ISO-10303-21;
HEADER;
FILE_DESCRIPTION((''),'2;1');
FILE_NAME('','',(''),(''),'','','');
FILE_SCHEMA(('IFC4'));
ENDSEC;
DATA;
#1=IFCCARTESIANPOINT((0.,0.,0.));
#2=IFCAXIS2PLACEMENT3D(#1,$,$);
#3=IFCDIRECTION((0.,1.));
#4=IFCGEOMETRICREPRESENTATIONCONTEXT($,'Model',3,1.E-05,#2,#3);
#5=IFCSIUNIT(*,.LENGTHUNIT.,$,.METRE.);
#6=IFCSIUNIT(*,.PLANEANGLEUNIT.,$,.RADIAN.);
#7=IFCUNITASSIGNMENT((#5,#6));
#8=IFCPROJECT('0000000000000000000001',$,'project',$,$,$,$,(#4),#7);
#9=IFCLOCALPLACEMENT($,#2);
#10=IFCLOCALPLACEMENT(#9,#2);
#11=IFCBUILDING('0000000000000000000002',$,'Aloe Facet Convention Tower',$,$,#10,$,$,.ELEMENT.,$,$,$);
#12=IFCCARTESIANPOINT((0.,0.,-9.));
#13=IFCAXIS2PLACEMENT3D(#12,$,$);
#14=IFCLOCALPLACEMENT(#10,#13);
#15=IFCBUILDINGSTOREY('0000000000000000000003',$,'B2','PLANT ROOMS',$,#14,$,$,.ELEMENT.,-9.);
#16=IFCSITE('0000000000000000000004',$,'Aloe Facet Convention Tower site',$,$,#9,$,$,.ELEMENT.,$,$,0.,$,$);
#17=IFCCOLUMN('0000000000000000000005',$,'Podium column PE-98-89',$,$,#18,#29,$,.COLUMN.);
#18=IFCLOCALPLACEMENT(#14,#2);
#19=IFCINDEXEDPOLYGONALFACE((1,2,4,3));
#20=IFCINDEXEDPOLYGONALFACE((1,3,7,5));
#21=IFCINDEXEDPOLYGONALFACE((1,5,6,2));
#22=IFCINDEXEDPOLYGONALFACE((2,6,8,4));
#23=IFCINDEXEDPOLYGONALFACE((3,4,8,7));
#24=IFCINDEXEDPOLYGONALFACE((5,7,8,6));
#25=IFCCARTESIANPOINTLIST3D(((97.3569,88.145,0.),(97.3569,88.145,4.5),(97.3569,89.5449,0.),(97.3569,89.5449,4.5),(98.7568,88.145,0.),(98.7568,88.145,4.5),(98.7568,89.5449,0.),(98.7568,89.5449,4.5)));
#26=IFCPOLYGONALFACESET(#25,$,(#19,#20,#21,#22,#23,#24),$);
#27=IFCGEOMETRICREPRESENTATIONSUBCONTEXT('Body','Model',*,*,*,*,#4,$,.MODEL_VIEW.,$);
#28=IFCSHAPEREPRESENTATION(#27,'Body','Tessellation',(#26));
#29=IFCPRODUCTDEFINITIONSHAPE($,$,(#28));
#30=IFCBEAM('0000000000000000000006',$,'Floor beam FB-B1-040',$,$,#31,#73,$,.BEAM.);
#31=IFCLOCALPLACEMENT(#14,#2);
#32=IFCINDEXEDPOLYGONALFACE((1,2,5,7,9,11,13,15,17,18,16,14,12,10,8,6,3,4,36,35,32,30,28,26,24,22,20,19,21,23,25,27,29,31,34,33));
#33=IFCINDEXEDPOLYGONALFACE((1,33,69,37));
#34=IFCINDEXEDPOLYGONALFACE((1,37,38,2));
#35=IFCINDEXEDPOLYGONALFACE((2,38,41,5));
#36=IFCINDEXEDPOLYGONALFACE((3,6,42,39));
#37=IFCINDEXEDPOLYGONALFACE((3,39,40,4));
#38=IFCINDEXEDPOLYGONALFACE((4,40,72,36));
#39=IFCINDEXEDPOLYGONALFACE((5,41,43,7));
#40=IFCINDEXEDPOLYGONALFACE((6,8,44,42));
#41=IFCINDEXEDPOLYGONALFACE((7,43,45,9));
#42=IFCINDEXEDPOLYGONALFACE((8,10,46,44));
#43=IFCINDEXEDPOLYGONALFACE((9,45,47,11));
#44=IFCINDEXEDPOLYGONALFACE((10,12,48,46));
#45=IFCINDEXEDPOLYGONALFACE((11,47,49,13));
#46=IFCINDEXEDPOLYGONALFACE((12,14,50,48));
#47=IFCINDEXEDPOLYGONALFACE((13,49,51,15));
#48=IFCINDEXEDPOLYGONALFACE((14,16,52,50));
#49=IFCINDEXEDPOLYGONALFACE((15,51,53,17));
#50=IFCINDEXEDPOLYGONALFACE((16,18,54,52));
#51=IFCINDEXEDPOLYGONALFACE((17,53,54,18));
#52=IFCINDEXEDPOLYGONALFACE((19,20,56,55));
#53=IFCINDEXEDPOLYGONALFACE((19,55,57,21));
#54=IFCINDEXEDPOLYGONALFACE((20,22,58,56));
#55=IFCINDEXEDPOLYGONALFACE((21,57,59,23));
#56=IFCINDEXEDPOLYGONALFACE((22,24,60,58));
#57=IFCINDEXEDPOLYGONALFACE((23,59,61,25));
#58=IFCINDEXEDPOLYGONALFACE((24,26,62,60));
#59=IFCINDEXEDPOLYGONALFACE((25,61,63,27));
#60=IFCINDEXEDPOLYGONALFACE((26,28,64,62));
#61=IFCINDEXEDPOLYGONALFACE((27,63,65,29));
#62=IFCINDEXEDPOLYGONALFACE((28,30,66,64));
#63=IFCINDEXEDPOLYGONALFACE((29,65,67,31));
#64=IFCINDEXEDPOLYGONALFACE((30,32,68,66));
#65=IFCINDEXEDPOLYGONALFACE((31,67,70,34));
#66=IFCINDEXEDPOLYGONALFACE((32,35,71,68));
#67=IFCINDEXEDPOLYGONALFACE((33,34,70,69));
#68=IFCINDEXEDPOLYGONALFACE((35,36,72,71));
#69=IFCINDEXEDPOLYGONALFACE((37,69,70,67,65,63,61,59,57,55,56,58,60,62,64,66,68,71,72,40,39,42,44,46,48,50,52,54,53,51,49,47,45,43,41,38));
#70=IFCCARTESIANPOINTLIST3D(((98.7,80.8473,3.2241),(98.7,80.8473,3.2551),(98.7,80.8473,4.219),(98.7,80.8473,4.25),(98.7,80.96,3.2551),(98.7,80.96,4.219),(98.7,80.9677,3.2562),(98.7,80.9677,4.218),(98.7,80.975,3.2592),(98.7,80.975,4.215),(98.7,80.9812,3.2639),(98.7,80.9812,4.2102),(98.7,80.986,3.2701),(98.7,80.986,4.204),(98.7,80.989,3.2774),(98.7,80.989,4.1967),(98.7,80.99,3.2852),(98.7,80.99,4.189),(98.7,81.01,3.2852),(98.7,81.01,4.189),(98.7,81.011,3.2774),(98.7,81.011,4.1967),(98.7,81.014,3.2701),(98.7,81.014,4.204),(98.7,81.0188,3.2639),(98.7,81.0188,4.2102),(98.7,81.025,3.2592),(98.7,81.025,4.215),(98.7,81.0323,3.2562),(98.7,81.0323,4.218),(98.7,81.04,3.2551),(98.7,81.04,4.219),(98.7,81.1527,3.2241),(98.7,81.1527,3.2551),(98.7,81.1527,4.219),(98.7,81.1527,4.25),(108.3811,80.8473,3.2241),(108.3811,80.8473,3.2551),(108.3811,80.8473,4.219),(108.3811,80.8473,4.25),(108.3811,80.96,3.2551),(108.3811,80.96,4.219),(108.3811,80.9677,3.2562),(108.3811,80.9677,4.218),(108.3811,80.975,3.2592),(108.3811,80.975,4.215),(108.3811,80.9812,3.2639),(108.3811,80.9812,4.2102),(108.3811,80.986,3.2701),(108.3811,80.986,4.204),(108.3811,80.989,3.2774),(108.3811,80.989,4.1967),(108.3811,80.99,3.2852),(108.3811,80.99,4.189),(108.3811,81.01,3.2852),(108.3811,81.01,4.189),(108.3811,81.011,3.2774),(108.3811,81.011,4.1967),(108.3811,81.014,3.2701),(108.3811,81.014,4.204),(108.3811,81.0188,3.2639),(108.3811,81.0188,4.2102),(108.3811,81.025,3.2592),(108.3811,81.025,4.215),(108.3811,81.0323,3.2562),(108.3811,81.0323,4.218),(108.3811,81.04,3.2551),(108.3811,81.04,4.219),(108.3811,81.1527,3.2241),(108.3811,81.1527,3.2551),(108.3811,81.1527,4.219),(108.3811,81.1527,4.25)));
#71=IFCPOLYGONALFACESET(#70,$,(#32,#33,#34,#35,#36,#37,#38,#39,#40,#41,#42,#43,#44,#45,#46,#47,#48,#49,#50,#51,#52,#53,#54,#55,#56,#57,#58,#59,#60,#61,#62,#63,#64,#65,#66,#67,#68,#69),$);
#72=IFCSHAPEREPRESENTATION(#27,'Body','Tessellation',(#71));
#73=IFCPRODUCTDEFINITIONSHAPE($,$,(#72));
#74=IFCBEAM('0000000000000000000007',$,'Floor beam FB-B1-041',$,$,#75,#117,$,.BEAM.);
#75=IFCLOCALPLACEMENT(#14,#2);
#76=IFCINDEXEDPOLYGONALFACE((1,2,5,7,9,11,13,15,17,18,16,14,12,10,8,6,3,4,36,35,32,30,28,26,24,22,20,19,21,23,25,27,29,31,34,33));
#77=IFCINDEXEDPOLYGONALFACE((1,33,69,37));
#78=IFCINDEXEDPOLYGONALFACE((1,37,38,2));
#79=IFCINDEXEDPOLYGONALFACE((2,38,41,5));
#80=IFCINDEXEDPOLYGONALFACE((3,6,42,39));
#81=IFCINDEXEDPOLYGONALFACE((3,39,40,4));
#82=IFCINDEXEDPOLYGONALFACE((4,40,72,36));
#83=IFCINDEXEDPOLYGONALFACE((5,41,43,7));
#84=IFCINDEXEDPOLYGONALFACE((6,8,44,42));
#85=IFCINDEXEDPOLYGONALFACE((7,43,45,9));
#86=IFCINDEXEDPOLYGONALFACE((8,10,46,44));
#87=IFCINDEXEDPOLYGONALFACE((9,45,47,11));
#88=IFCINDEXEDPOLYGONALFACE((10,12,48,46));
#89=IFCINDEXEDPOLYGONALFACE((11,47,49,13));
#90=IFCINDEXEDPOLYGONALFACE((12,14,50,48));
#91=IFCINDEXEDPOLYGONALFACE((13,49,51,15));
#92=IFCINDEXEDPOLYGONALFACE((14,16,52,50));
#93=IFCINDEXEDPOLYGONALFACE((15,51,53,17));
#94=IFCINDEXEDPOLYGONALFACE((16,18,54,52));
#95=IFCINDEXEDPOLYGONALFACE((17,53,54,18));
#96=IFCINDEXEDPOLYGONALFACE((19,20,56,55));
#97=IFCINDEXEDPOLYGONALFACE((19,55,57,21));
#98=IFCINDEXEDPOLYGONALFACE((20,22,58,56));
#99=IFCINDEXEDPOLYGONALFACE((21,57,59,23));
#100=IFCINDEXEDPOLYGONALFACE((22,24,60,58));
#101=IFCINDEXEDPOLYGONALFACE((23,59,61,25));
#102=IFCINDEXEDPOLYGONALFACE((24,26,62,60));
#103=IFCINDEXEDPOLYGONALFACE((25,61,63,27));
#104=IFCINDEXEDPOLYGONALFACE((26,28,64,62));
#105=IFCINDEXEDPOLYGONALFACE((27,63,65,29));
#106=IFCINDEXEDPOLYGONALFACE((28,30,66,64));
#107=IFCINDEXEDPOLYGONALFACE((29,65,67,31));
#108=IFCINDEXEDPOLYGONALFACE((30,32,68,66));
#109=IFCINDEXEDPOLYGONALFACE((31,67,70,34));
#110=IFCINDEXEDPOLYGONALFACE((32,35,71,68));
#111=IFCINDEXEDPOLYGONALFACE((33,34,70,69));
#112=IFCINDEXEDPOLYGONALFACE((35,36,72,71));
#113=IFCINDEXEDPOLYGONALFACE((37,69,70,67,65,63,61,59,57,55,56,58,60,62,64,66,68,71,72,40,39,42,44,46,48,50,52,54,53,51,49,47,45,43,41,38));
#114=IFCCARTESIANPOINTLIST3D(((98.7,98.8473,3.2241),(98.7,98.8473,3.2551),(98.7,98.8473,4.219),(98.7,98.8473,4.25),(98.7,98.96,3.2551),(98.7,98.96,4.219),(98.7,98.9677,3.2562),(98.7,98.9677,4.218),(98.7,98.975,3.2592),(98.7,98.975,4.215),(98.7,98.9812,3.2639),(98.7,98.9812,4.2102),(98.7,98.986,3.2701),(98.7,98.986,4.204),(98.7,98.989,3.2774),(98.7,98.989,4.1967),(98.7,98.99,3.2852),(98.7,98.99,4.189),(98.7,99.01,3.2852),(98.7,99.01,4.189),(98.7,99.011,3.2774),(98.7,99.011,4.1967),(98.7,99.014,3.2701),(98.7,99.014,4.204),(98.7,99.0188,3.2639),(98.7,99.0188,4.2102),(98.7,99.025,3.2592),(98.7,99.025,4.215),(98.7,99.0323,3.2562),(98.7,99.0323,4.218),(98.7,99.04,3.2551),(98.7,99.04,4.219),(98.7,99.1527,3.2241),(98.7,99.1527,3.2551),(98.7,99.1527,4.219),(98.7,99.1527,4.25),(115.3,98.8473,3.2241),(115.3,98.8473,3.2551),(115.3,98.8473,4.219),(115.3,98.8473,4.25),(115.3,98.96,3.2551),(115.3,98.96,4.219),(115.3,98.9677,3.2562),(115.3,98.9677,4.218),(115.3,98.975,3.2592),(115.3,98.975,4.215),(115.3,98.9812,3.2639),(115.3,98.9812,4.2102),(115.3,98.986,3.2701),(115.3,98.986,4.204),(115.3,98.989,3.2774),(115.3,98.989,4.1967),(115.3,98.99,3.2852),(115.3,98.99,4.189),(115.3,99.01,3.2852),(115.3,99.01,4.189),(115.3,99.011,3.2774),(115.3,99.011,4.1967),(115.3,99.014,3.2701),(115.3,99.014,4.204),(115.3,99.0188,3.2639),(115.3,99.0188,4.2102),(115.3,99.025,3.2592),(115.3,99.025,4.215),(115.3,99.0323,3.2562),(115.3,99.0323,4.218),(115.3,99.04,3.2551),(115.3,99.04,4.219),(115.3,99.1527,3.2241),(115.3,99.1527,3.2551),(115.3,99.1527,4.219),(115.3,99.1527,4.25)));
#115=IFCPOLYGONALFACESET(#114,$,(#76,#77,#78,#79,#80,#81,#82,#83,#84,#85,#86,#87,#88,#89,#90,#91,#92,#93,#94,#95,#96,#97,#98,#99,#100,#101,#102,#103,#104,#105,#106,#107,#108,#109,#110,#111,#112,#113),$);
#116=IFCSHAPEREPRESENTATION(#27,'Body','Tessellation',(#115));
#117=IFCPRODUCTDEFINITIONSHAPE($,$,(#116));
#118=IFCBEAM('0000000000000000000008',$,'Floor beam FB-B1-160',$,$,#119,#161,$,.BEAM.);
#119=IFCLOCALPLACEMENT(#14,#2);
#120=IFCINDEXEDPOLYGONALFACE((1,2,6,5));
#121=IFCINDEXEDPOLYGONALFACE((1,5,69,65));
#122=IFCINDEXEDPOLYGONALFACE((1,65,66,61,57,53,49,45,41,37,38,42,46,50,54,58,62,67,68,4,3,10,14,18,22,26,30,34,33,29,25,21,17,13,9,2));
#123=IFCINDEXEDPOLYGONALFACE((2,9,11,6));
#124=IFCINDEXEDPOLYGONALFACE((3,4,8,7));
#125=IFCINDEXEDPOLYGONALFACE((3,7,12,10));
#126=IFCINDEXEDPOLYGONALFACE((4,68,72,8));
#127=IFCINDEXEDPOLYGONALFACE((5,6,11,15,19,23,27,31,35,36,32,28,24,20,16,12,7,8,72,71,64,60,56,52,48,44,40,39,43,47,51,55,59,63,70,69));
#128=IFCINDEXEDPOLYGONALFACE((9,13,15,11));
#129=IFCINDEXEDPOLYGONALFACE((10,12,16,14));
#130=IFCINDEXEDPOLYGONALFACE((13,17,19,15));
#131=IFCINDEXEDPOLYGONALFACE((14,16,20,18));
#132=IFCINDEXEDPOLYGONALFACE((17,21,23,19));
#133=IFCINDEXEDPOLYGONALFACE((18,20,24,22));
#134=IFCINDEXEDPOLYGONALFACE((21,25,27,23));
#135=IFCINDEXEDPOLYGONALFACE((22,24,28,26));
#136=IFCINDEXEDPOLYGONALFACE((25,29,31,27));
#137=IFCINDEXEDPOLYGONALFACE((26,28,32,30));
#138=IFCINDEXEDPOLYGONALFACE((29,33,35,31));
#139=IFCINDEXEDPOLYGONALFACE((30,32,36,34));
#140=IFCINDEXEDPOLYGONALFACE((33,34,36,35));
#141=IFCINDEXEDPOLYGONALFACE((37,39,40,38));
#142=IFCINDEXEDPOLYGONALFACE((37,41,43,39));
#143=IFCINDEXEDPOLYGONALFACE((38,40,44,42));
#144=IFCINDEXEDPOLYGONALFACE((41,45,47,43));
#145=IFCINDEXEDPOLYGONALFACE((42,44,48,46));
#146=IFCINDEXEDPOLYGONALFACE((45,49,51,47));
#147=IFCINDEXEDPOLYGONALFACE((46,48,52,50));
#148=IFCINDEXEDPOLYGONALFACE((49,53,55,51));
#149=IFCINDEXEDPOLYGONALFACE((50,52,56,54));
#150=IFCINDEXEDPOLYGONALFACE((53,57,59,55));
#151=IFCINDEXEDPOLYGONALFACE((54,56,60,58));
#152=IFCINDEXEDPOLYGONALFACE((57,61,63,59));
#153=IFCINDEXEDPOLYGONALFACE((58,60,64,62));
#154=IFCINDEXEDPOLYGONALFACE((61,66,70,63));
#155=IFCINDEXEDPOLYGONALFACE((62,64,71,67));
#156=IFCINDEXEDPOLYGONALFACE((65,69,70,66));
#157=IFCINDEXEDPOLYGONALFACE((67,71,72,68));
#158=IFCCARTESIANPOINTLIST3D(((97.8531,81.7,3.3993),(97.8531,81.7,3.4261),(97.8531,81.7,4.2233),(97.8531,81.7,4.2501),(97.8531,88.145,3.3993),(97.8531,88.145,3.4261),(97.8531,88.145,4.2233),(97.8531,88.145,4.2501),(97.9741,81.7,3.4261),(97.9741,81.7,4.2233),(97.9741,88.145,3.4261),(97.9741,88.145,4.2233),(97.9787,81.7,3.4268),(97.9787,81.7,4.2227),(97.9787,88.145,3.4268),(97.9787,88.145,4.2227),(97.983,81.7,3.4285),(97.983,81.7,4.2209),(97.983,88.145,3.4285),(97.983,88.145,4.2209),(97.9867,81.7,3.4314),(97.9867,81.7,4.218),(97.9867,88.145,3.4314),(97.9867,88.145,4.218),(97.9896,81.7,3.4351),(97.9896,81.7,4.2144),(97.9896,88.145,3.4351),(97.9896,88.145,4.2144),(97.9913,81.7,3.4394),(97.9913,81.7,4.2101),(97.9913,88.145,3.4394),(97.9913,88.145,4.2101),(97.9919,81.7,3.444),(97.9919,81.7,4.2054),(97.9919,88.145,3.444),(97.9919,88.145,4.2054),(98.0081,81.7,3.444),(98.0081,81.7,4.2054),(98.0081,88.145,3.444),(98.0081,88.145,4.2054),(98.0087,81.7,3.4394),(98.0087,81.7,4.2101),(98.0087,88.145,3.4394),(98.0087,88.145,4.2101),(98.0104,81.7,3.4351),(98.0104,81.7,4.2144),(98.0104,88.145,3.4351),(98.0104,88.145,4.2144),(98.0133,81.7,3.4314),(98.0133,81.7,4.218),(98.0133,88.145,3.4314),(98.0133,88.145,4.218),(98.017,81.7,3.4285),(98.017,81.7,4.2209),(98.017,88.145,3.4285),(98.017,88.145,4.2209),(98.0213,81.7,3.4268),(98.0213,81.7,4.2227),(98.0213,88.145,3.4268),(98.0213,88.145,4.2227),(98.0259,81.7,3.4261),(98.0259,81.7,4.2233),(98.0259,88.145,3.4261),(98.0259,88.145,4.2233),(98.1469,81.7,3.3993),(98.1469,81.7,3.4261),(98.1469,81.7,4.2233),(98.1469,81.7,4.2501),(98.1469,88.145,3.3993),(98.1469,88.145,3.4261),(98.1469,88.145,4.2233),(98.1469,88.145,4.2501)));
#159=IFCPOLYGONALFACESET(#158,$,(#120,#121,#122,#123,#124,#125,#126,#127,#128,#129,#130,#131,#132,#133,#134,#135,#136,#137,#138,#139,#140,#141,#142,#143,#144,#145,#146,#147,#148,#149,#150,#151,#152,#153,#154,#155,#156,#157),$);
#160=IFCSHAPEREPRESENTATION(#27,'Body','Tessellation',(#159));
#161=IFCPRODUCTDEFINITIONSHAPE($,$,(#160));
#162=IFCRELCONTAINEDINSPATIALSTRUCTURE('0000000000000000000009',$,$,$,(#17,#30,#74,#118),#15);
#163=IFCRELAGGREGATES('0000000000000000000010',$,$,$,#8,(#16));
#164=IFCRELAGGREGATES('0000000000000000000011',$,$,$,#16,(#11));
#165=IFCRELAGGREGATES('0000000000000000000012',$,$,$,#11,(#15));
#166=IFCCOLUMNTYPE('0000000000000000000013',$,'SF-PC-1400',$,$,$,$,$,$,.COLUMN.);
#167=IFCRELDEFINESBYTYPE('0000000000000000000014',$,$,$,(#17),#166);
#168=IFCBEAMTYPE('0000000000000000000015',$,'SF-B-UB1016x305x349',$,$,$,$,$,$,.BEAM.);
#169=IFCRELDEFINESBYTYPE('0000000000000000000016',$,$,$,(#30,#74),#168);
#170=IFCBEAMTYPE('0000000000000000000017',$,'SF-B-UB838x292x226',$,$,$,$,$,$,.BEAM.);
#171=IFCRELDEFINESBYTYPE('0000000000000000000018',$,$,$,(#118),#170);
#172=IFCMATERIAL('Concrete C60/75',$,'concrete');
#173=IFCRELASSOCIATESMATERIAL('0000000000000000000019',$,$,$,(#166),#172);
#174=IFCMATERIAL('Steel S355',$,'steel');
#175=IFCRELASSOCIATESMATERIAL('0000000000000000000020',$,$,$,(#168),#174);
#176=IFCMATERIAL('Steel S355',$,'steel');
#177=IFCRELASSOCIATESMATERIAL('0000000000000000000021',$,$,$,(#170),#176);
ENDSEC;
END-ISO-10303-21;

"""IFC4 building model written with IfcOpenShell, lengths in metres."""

from ifc_helpers import new_model, si_unit, direction, frame, origin, origin_2d, place, context, subcontext, project, spatial, rectangle, i_section, extrude, material, material_profile, profile_set, type_object, element, save


model = new_model("IFC4")

# Units and contexts
model_context = context("Model", 3, precision=1e-05, world=origin(), true_north=direction((0.0, 1.0)))
body_context = subcontext(model_context, "Body", "Model", "MODEL_VIEW")
ifc_project = project(units=[si_unit("LENGTHUNIT", "METRE"), si_unit("PLANEANGLEUNIT", "RADIAN")], contexts=[model_context])

# Site, building, storey
site_placement = place(None, origin())
site = spatial("IfcSite", under=ifc_project, at=site_placement, Name="Aloe Facet Convention Tower site", CompositionType="ELEMENT", RefElevation=0.0)
building_placement = place(site_placement, origin())
building = spatial("IfcBuilding", under=site, at=building_placement, Name="Aloe Facet Convention Tower", CompositionType="ELEMENT")
storey_placement = place(building_placement, frame((0.0, 0.0, -9.0)))
storey = spatial("IfcBuildingStorey", under=building, at=storey_placement, Name="B2", Description="PLANT ROOMS", CompositionType="ELEMENT", Elevation=-9.0)

# Column
ifc_material_1 = material(Name="Concrete C60/75", Category="concrete")
ifc_material_profile_1 = material_profile(ifc_material_1, rectangle(XDim=1.3999, YDim=1.3999, at=origin_2d()), Name="SF-PC-1400")
ifc_profile_set_1 = profile_set([ifc_material_profile_1], Name="Concrete C60/75")
column_type = type_object("IfcColumnType", Name="SF-PC-1400", PredefinedType="COLUMN", material=ifc_profile_set_1)
for number, where, z_axis, x_axis, name in (
    (1, (98.0569, 88.845, 0.0), (0.0, 0.0, 1.0), (1.0, 0.0, 0.0), "Podium column PE-98-89"),
):
    element("IfcColumn", number, at=place(storey_placement, frame(where, z_axis=z_axis, x_axis=x_axis)), inside=storey, type_object=column_type, Name=name, PredefinedType="COLUMN", context=body_context, shape_type="SweptSolid", body=[
        extrude(rectangle(XDim=1.3999, YDim=1.3999, at=origin_2d()), origin(), (0.0, 0.0, 1.0), 4.5),
    ])

# Beams
ifc_material_2 = material(Name="Steel S355", Category="steel")
ifc_material_profile_2 = material_profile(ifc_material_2, i_section(OverallWidth=0.3054, OverallDepth=1.0259, WebThickness=0.02, FlangeThickness=0.031, FilletRadius=0.03, at=origin_2d()), Name="UB 1016x305x349")
ifc_profile_set_2 = profile_set([ifc_material_profile_2], Name="Steel S355")
beam_type_1 = type_object("IfcBeamType", Name="SF-B-UB1016x305x349", PredefinedType="BEAM", material=ifc_profile_set_2)
beam_1_placement = place(storey_placement, frame((98.7, 81.0, 3.7371), z_axis=(1.0, 0.0, 0.0), x_axis=(0.0, 1.0, 0.0)))
element("IfcBeam", 2, at=beam_1_placement, inside=storey, type_object=beam_type_1, Name="Floor beam FB-B1-040", PredefinedType="BEAM", context=body_context, shape_type="SweptSolid", body=[
    extrude(i_section(OverallWidth=0.3054, OverallDepth=1.0259, WebThickness=0.02, FlangeThickness=0.031, FilletRadius=0.03, at=origin_2d()), origin(), (0.0, 0.0, 1.0), 9.6812),
])
beam_2_placement = place(storey_placement, frame((98.7, 99.0, 3.7371), z_axis=(1.0, 0.0, 0.0), x_axis=(0.0, 1.0, 0.0)))
element("IfcBeam", 3, at=beam_2_placement, inside=storey, type_object=beam_type_1, Name="Floor beam FB-B1-041", PredefinedType="BEAM", context=body_context, shape_type="SweptSolid", body=[
    extrude(i_section(OverallWidth=0.3054, OverallDepth=1.0259, WebThickness=0.02, FlangeThickness=0.031, FilletRadius=0.03, at=origin_2d()), origin(), (0.0, 0.0, 1.0), 16.6001),
])
ifc_material_3 = material(Name="Steel S355", Category="steel")
ifc_material_profile_3 = material_profile(ifc_material_3, i_section(OverallWidth=0.2937, OverallDepth=0.8508, WebThickness=0.0161, FlangeThickness=0.0269, FilletRadius=0.0178, at=origin_2d()), Name="UB 838x292x226")
ifc_profile_set_3 = profile_set([ifc_material_profile_3], Name="Steel S355")
beam_type_2 = type_object("IfcBeamType", Name="SF-B-UB838x292x226", PredefinedType="BEAM", material=ifc_profile_set_3)
beam_3_placement = place(storey_placement, frame((98.0, 81.7, 3.8247), z_axis=(0.0, 1.0, 0.0), x_axis=(-1.0, 0.0, 0.0)))
element("IfcBeam", 4, at=beam_3_placement, inside=storey, type_object=beam_type_2, Name="Floor beam FB-B1-160", PredefinedType="BEAM", context=body_context, shape_type="SweptSolid", body=[
    extrude(i_section(OverallWidth=0.2937, OverallDepth=0.8508, WebThickness=0.0161, FlangeThickness=0.0269, FilletRadius=0.0178, at=origin_2d()), origin(), (0.0, 0.0, 1.0), 6.4451),
])

save(model, "model.ifc")
